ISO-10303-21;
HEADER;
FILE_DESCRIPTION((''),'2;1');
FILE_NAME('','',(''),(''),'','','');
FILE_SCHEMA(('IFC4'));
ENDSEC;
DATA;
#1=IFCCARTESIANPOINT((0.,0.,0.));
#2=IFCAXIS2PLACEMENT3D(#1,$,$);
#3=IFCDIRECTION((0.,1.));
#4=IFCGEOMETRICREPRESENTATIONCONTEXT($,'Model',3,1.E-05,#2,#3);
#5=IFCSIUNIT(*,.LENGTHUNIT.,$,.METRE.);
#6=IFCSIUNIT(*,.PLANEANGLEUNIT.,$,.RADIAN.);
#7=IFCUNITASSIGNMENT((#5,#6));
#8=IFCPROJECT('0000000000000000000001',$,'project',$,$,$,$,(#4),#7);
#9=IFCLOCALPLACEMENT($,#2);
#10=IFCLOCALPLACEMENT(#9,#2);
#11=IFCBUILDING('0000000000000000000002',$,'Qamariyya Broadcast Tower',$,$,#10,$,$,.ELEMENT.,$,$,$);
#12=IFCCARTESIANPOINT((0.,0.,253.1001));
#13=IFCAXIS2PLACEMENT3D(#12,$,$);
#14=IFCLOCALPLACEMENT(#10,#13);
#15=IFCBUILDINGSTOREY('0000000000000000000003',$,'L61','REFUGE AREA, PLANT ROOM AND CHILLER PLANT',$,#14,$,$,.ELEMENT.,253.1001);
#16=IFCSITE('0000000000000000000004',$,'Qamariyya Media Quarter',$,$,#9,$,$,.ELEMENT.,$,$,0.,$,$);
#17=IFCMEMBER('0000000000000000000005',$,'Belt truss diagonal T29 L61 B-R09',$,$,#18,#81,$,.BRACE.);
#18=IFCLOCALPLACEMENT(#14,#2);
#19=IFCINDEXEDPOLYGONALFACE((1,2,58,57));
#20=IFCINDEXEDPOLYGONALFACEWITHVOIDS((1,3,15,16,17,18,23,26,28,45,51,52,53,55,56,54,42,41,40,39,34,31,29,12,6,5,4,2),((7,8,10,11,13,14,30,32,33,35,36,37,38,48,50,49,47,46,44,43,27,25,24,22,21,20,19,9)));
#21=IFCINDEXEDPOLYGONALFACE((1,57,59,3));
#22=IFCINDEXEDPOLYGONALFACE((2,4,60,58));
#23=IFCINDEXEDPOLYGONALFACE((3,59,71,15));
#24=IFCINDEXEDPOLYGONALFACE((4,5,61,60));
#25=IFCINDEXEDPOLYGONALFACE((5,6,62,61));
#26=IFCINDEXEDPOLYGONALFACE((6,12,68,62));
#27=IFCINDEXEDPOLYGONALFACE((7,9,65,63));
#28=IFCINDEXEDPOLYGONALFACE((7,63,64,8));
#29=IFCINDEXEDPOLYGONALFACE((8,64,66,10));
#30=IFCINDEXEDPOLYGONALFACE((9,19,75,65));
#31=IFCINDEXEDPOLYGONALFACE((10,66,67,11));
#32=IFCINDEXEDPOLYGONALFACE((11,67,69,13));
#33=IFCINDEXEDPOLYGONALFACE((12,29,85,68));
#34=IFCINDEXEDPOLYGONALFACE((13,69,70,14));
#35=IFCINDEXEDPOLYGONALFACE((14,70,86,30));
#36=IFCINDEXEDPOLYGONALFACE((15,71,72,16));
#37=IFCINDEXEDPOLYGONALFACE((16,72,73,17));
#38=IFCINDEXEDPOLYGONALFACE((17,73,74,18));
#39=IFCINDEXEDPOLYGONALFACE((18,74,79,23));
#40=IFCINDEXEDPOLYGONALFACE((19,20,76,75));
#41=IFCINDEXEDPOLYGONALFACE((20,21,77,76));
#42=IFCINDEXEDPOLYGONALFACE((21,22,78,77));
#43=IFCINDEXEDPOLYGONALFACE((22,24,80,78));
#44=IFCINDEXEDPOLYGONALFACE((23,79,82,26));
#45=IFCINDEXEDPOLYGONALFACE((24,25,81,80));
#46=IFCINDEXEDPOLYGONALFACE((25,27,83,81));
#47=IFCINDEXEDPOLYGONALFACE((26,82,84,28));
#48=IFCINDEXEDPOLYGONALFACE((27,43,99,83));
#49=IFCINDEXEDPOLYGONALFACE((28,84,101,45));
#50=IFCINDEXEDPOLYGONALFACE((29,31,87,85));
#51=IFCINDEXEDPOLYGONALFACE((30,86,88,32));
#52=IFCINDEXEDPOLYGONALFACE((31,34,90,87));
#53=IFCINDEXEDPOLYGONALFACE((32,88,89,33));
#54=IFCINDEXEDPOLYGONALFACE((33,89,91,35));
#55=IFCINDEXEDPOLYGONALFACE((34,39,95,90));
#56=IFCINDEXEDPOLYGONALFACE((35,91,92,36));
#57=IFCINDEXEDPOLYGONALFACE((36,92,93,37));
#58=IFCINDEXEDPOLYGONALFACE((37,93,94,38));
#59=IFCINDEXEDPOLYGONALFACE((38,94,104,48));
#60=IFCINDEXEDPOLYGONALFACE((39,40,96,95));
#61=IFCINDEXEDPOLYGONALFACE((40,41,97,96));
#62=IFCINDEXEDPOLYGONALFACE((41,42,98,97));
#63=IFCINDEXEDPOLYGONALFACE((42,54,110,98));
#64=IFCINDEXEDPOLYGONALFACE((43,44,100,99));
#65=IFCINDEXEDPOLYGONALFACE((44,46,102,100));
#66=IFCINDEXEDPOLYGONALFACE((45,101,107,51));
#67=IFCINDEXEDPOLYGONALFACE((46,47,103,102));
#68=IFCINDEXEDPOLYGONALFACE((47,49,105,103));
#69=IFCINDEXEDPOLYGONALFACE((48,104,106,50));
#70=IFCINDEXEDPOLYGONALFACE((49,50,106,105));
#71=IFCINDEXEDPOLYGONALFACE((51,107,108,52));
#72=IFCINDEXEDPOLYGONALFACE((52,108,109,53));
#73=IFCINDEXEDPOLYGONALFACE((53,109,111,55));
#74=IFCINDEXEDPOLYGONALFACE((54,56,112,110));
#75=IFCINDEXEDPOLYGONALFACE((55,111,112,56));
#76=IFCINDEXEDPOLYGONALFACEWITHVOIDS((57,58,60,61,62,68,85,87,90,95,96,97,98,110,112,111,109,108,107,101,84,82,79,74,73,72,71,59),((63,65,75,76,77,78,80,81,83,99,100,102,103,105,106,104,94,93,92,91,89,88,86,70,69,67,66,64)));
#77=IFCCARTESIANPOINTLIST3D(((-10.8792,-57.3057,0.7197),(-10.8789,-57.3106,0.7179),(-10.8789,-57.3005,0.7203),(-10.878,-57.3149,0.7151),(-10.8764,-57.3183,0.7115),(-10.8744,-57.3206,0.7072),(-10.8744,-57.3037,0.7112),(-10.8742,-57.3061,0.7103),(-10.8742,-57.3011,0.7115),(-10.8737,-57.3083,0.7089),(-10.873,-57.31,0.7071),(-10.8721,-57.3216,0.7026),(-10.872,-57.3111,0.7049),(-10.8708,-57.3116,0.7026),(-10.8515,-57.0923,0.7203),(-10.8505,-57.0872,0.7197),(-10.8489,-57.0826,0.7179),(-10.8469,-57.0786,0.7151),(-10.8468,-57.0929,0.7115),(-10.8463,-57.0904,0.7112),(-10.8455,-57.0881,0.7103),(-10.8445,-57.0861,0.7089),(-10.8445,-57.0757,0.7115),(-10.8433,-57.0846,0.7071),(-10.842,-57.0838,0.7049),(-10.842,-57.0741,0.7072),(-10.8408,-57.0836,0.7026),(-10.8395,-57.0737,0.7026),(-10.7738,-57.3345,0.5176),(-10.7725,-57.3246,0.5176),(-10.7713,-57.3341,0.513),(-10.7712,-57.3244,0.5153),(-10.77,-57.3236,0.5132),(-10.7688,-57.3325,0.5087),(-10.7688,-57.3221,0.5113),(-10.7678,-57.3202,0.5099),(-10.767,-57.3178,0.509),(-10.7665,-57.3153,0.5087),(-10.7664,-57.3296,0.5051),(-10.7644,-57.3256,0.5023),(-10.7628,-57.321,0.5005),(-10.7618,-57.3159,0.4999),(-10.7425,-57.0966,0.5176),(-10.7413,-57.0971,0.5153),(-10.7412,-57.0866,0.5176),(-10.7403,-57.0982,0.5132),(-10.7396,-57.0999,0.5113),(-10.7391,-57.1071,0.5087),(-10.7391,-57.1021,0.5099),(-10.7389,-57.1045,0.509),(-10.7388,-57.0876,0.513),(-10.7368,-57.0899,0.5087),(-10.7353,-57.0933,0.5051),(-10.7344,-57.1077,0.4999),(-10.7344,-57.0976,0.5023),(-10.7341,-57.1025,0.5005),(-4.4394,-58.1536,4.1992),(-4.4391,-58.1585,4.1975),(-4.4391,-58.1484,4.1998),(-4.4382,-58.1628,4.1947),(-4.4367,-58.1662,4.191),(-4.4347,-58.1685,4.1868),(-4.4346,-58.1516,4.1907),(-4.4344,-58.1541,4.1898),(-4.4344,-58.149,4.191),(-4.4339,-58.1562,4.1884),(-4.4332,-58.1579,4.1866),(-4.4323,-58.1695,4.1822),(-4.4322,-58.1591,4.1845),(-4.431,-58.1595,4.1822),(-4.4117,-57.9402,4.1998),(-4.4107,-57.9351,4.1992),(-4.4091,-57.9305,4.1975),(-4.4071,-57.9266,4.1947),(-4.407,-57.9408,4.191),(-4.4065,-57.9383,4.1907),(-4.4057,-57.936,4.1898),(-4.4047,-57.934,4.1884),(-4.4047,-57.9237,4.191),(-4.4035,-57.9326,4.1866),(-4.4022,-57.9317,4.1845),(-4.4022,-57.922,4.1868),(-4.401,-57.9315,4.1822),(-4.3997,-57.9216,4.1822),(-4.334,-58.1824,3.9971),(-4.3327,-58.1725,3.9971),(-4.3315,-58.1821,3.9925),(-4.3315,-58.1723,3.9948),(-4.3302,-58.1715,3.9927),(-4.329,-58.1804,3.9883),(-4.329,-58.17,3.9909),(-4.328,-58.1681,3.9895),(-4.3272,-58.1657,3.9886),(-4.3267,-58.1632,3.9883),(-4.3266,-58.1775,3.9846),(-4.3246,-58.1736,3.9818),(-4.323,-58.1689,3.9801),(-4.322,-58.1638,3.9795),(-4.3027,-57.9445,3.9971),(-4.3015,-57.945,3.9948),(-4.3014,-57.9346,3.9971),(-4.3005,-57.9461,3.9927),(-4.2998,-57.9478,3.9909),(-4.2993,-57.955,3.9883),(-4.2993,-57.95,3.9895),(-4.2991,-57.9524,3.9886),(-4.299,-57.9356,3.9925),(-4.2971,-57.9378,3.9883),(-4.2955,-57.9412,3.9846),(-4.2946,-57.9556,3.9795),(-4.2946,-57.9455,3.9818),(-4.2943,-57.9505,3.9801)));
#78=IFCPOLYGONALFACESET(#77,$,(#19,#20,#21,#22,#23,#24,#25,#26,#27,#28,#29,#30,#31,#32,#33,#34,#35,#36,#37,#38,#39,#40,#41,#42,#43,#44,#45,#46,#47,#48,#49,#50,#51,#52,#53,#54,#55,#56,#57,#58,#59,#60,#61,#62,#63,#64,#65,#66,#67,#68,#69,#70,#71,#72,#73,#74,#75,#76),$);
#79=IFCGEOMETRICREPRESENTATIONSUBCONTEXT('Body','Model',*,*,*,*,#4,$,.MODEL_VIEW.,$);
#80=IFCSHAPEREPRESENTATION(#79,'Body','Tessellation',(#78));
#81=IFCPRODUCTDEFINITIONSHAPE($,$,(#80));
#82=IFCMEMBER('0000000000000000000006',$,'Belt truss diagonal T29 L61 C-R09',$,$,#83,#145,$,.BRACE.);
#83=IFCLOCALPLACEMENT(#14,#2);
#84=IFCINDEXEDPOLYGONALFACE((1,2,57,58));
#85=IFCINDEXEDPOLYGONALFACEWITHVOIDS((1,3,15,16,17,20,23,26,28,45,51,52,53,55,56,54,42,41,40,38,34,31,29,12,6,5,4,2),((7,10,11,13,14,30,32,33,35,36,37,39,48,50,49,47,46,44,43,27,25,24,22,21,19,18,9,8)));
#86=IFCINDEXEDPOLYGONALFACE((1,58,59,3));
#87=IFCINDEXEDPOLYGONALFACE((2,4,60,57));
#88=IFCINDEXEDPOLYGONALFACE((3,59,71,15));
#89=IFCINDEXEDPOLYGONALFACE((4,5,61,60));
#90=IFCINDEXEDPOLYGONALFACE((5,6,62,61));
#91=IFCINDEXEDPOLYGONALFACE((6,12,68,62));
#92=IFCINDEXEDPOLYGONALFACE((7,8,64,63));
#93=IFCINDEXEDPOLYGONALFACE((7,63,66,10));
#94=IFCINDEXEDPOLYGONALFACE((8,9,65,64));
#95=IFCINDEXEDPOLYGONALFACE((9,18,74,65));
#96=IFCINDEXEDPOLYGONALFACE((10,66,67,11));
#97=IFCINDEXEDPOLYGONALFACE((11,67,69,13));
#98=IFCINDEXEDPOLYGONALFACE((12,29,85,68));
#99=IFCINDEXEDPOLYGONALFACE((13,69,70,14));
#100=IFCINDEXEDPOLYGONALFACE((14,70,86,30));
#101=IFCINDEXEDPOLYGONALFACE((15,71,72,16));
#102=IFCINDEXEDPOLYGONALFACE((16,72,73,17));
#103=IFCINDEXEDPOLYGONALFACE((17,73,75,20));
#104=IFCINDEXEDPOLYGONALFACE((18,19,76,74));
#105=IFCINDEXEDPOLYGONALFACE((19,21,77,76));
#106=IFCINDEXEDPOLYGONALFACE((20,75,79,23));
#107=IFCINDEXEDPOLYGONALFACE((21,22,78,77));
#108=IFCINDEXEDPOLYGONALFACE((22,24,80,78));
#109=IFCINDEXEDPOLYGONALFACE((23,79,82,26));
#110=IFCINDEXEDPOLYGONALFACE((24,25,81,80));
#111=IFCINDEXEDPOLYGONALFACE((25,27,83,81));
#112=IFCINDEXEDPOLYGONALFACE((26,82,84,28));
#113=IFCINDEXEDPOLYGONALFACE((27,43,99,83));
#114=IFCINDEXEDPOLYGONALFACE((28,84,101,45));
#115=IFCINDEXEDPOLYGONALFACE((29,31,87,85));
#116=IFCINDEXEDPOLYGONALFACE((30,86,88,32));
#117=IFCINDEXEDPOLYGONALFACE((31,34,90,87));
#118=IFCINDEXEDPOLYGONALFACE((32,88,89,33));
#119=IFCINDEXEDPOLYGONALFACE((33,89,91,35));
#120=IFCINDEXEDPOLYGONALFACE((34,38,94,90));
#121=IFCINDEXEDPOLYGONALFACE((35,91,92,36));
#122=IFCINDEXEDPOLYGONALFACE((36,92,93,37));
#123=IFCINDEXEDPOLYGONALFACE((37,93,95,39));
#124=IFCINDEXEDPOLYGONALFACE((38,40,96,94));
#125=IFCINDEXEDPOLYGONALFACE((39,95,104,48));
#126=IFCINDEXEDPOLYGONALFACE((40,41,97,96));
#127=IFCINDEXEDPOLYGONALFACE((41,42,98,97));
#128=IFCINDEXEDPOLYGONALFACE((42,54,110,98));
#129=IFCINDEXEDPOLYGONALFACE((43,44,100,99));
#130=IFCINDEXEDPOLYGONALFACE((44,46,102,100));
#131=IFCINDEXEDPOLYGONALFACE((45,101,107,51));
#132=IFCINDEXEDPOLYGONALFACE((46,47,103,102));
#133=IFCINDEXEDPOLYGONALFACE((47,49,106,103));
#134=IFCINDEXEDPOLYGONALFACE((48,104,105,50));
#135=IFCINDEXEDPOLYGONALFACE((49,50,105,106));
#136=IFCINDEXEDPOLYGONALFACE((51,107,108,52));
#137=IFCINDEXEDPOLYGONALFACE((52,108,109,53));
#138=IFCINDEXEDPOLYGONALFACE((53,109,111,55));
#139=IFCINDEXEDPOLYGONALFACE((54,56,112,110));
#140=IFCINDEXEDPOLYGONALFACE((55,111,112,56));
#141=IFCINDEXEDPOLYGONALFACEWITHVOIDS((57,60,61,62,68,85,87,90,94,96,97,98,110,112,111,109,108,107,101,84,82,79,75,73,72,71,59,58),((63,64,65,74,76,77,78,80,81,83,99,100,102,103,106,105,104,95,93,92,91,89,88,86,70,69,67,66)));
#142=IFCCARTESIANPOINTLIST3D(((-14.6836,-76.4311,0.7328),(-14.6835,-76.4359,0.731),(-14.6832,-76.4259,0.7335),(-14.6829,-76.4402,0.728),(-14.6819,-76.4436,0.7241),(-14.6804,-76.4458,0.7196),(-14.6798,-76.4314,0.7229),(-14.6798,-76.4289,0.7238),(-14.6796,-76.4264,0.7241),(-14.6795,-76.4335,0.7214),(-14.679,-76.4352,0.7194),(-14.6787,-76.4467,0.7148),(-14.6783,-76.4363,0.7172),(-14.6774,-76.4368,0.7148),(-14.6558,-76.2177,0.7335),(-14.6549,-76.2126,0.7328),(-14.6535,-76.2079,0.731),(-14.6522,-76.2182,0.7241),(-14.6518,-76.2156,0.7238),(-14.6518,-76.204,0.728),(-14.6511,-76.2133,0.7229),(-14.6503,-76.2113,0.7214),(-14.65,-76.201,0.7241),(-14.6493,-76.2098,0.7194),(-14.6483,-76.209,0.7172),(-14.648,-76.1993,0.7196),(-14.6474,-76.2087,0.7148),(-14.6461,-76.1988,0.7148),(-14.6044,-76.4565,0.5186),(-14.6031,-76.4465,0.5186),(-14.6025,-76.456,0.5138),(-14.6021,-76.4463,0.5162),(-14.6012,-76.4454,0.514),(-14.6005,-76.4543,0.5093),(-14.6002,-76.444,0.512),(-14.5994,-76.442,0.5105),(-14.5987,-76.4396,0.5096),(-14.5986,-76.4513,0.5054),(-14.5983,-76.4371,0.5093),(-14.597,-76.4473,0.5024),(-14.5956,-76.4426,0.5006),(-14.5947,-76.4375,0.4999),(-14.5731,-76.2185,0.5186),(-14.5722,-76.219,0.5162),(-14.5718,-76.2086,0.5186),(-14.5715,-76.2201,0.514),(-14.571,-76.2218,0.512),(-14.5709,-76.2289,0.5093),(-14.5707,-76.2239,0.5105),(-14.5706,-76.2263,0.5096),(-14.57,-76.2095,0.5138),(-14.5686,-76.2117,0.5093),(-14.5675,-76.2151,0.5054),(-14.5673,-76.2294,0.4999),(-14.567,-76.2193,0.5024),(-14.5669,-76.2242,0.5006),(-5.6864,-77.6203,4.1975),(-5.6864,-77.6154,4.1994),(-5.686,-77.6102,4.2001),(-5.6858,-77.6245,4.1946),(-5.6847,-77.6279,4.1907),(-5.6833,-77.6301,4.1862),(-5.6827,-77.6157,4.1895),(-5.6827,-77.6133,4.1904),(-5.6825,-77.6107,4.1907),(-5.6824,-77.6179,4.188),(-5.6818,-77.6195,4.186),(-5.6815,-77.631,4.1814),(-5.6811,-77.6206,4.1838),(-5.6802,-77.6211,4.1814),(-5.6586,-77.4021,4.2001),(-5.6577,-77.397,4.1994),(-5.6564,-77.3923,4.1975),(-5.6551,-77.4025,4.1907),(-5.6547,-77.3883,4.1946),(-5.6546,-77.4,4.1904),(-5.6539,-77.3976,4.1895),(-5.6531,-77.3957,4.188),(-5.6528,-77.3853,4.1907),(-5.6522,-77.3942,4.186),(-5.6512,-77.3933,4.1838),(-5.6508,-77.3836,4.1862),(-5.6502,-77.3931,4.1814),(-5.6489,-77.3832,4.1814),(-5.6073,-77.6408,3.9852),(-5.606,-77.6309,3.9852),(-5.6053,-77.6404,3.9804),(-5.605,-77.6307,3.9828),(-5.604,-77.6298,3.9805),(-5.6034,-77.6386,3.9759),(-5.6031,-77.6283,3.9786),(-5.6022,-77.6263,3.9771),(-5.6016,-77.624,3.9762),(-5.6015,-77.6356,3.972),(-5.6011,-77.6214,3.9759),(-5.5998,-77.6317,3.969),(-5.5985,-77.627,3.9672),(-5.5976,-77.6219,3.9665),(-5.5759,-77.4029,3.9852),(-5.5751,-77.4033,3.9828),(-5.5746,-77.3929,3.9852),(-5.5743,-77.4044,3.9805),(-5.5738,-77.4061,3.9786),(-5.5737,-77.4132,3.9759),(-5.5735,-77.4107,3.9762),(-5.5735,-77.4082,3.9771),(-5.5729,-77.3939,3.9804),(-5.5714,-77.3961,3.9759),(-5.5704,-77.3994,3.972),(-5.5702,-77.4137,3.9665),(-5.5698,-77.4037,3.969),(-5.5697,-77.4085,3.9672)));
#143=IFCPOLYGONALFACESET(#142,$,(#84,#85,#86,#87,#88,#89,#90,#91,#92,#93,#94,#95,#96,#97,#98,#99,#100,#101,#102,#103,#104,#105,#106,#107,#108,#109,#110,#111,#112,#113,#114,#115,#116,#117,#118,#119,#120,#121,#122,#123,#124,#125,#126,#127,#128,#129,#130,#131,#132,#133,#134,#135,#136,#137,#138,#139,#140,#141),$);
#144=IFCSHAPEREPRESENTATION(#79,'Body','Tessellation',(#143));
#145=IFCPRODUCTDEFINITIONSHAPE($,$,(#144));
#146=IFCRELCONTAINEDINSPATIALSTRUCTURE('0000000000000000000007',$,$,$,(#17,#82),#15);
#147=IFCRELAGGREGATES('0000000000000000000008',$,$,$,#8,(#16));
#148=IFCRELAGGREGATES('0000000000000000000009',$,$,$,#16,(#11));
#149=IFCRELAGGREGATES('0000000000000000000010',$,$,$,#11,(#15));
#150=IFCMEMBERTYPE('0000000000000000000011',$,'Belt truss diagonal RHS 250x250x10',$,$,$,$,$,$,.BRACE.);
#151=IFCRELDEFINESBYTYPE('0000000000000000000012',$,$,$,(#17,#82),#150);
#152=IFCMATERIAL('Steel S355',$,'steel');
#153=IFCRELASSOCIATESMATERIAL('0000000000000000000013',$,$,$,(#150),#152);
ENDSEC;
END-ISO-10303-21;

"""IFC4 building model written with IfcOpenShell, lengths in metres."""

from ifc_helpers import new_model, si_unit, direction, frame, origin, origin_2d, place, context, subcontext, project, spatial, hollow_rectangle, extrude, material, material_profile, profile_set, type_object, element, save


model = new_model("IFC4")

# Units and contexts
model_context = context("Model", 3, precision=1e-05, world=origin(), true_north=direction((0.0, 1.0)))
body_context = subcontext(model_context, "Body", "Model", "MODEL_VIEW")
ifc_project = project(units=[si_unit("LENGTHUNIT", "METRE"), si_unit("PLANEANGLEUNIT", "RADIAN")], contexts=[model_context])

# Site, building, storey
site_placement = place(None, origin())
site = spatial("IfcSite", under=ifc_project, at=site_placement, Name="Qamariyya Media Quarter", CompositionType="ELEMENT", RefElevation=0.0)
building_placement = place(site_placement, origin())
building = spatial("IfcBuilding", under=site, at=building_placement, Name="Qamariyya Broadcast Tower", CompositionType="ELEMENT")
storey_placement = place(building_placement, frame((0.0, 0.0, 253.1001)))
storey = spatial("IfcBuildingStorey", under=building, at=storey_placement, Name="L61", Description="REFUGE AREA, PLANT ROOM AND CHILLER PLANT", CompositionType="ELEMENT", Elevation=253.1001)

# Members
ifc_material_1 = material(Name="Steel S355", Category="steel")
ifc_material_profile_1 = material_profile(ifc_material_1, hollow_rectangle(XDim=0.25, YDim=0.25, WallThickness=0.01, InnerFilletRadius=0.01, OuterFilletRadius=0.02, at=origin_2d()))
ifc_profile_set_1 = profile_set([ifc_material_profile_1], Name="Steel S355")
member_type_1 = type_object("IfcMemberType", Name="Belt truss diagonal RHS 250x250x10", PredefinedType="BRACE", material=ifc_profile_set_1)
member_1_placement = place(storey_placement, frame((-10.8066, -57.2041, 0.6101), z_axis=(0.873944, -0.11507, 0.472209), x_axis=(0.130541, 0.991443, 0.0)))
element("IfcMember", 1, at=member_1_placement, inside=storey, type_object=member_type_1, Name="Belt truss diagonal T29 L61 B-R09", PredefinedType="BRACE", context=body_context, shape_type="SweptSolid", body=[
    extrude(hollow_rectangle(XDim=0.25, YDim=0.25, WallThickness=0.01, InnerFilletRadius=0.01, OuterFilletRadius=0.02, at=origin_2d()), origin(), (0.0, 0.0, 1.0), 7.3687),
])
for number, where, z_axis, x_axis, name in (
    (2, (-14.6252, -76.3276, 0.6167), (0.926171, -0.121916, 0.356852), (0.130509, 0.991447, 0.0), "Belt truss diagonal T29 L61 C-R09"),
):
    element("IfcMember", number, at=place(storey_placement, frame(where, z_axis=z_axis, x_axis=x_axis)), inside=storey, type_object=member_type_1, Name=name, PredefinedType="BRACE", context=body_context, shape_type="SweptSolid", body=[
        extrude(hollow_rectangle(XDim=0.25, YDim=0.25, WallThickness=0.01, InnerFilletRadius=0.01, OuterFilletRadius=0.02, at=origin_2d()), origin(), (0.0, 0.0, 1.0), 9.7144),
    ])

save(model, "model.ifc")
